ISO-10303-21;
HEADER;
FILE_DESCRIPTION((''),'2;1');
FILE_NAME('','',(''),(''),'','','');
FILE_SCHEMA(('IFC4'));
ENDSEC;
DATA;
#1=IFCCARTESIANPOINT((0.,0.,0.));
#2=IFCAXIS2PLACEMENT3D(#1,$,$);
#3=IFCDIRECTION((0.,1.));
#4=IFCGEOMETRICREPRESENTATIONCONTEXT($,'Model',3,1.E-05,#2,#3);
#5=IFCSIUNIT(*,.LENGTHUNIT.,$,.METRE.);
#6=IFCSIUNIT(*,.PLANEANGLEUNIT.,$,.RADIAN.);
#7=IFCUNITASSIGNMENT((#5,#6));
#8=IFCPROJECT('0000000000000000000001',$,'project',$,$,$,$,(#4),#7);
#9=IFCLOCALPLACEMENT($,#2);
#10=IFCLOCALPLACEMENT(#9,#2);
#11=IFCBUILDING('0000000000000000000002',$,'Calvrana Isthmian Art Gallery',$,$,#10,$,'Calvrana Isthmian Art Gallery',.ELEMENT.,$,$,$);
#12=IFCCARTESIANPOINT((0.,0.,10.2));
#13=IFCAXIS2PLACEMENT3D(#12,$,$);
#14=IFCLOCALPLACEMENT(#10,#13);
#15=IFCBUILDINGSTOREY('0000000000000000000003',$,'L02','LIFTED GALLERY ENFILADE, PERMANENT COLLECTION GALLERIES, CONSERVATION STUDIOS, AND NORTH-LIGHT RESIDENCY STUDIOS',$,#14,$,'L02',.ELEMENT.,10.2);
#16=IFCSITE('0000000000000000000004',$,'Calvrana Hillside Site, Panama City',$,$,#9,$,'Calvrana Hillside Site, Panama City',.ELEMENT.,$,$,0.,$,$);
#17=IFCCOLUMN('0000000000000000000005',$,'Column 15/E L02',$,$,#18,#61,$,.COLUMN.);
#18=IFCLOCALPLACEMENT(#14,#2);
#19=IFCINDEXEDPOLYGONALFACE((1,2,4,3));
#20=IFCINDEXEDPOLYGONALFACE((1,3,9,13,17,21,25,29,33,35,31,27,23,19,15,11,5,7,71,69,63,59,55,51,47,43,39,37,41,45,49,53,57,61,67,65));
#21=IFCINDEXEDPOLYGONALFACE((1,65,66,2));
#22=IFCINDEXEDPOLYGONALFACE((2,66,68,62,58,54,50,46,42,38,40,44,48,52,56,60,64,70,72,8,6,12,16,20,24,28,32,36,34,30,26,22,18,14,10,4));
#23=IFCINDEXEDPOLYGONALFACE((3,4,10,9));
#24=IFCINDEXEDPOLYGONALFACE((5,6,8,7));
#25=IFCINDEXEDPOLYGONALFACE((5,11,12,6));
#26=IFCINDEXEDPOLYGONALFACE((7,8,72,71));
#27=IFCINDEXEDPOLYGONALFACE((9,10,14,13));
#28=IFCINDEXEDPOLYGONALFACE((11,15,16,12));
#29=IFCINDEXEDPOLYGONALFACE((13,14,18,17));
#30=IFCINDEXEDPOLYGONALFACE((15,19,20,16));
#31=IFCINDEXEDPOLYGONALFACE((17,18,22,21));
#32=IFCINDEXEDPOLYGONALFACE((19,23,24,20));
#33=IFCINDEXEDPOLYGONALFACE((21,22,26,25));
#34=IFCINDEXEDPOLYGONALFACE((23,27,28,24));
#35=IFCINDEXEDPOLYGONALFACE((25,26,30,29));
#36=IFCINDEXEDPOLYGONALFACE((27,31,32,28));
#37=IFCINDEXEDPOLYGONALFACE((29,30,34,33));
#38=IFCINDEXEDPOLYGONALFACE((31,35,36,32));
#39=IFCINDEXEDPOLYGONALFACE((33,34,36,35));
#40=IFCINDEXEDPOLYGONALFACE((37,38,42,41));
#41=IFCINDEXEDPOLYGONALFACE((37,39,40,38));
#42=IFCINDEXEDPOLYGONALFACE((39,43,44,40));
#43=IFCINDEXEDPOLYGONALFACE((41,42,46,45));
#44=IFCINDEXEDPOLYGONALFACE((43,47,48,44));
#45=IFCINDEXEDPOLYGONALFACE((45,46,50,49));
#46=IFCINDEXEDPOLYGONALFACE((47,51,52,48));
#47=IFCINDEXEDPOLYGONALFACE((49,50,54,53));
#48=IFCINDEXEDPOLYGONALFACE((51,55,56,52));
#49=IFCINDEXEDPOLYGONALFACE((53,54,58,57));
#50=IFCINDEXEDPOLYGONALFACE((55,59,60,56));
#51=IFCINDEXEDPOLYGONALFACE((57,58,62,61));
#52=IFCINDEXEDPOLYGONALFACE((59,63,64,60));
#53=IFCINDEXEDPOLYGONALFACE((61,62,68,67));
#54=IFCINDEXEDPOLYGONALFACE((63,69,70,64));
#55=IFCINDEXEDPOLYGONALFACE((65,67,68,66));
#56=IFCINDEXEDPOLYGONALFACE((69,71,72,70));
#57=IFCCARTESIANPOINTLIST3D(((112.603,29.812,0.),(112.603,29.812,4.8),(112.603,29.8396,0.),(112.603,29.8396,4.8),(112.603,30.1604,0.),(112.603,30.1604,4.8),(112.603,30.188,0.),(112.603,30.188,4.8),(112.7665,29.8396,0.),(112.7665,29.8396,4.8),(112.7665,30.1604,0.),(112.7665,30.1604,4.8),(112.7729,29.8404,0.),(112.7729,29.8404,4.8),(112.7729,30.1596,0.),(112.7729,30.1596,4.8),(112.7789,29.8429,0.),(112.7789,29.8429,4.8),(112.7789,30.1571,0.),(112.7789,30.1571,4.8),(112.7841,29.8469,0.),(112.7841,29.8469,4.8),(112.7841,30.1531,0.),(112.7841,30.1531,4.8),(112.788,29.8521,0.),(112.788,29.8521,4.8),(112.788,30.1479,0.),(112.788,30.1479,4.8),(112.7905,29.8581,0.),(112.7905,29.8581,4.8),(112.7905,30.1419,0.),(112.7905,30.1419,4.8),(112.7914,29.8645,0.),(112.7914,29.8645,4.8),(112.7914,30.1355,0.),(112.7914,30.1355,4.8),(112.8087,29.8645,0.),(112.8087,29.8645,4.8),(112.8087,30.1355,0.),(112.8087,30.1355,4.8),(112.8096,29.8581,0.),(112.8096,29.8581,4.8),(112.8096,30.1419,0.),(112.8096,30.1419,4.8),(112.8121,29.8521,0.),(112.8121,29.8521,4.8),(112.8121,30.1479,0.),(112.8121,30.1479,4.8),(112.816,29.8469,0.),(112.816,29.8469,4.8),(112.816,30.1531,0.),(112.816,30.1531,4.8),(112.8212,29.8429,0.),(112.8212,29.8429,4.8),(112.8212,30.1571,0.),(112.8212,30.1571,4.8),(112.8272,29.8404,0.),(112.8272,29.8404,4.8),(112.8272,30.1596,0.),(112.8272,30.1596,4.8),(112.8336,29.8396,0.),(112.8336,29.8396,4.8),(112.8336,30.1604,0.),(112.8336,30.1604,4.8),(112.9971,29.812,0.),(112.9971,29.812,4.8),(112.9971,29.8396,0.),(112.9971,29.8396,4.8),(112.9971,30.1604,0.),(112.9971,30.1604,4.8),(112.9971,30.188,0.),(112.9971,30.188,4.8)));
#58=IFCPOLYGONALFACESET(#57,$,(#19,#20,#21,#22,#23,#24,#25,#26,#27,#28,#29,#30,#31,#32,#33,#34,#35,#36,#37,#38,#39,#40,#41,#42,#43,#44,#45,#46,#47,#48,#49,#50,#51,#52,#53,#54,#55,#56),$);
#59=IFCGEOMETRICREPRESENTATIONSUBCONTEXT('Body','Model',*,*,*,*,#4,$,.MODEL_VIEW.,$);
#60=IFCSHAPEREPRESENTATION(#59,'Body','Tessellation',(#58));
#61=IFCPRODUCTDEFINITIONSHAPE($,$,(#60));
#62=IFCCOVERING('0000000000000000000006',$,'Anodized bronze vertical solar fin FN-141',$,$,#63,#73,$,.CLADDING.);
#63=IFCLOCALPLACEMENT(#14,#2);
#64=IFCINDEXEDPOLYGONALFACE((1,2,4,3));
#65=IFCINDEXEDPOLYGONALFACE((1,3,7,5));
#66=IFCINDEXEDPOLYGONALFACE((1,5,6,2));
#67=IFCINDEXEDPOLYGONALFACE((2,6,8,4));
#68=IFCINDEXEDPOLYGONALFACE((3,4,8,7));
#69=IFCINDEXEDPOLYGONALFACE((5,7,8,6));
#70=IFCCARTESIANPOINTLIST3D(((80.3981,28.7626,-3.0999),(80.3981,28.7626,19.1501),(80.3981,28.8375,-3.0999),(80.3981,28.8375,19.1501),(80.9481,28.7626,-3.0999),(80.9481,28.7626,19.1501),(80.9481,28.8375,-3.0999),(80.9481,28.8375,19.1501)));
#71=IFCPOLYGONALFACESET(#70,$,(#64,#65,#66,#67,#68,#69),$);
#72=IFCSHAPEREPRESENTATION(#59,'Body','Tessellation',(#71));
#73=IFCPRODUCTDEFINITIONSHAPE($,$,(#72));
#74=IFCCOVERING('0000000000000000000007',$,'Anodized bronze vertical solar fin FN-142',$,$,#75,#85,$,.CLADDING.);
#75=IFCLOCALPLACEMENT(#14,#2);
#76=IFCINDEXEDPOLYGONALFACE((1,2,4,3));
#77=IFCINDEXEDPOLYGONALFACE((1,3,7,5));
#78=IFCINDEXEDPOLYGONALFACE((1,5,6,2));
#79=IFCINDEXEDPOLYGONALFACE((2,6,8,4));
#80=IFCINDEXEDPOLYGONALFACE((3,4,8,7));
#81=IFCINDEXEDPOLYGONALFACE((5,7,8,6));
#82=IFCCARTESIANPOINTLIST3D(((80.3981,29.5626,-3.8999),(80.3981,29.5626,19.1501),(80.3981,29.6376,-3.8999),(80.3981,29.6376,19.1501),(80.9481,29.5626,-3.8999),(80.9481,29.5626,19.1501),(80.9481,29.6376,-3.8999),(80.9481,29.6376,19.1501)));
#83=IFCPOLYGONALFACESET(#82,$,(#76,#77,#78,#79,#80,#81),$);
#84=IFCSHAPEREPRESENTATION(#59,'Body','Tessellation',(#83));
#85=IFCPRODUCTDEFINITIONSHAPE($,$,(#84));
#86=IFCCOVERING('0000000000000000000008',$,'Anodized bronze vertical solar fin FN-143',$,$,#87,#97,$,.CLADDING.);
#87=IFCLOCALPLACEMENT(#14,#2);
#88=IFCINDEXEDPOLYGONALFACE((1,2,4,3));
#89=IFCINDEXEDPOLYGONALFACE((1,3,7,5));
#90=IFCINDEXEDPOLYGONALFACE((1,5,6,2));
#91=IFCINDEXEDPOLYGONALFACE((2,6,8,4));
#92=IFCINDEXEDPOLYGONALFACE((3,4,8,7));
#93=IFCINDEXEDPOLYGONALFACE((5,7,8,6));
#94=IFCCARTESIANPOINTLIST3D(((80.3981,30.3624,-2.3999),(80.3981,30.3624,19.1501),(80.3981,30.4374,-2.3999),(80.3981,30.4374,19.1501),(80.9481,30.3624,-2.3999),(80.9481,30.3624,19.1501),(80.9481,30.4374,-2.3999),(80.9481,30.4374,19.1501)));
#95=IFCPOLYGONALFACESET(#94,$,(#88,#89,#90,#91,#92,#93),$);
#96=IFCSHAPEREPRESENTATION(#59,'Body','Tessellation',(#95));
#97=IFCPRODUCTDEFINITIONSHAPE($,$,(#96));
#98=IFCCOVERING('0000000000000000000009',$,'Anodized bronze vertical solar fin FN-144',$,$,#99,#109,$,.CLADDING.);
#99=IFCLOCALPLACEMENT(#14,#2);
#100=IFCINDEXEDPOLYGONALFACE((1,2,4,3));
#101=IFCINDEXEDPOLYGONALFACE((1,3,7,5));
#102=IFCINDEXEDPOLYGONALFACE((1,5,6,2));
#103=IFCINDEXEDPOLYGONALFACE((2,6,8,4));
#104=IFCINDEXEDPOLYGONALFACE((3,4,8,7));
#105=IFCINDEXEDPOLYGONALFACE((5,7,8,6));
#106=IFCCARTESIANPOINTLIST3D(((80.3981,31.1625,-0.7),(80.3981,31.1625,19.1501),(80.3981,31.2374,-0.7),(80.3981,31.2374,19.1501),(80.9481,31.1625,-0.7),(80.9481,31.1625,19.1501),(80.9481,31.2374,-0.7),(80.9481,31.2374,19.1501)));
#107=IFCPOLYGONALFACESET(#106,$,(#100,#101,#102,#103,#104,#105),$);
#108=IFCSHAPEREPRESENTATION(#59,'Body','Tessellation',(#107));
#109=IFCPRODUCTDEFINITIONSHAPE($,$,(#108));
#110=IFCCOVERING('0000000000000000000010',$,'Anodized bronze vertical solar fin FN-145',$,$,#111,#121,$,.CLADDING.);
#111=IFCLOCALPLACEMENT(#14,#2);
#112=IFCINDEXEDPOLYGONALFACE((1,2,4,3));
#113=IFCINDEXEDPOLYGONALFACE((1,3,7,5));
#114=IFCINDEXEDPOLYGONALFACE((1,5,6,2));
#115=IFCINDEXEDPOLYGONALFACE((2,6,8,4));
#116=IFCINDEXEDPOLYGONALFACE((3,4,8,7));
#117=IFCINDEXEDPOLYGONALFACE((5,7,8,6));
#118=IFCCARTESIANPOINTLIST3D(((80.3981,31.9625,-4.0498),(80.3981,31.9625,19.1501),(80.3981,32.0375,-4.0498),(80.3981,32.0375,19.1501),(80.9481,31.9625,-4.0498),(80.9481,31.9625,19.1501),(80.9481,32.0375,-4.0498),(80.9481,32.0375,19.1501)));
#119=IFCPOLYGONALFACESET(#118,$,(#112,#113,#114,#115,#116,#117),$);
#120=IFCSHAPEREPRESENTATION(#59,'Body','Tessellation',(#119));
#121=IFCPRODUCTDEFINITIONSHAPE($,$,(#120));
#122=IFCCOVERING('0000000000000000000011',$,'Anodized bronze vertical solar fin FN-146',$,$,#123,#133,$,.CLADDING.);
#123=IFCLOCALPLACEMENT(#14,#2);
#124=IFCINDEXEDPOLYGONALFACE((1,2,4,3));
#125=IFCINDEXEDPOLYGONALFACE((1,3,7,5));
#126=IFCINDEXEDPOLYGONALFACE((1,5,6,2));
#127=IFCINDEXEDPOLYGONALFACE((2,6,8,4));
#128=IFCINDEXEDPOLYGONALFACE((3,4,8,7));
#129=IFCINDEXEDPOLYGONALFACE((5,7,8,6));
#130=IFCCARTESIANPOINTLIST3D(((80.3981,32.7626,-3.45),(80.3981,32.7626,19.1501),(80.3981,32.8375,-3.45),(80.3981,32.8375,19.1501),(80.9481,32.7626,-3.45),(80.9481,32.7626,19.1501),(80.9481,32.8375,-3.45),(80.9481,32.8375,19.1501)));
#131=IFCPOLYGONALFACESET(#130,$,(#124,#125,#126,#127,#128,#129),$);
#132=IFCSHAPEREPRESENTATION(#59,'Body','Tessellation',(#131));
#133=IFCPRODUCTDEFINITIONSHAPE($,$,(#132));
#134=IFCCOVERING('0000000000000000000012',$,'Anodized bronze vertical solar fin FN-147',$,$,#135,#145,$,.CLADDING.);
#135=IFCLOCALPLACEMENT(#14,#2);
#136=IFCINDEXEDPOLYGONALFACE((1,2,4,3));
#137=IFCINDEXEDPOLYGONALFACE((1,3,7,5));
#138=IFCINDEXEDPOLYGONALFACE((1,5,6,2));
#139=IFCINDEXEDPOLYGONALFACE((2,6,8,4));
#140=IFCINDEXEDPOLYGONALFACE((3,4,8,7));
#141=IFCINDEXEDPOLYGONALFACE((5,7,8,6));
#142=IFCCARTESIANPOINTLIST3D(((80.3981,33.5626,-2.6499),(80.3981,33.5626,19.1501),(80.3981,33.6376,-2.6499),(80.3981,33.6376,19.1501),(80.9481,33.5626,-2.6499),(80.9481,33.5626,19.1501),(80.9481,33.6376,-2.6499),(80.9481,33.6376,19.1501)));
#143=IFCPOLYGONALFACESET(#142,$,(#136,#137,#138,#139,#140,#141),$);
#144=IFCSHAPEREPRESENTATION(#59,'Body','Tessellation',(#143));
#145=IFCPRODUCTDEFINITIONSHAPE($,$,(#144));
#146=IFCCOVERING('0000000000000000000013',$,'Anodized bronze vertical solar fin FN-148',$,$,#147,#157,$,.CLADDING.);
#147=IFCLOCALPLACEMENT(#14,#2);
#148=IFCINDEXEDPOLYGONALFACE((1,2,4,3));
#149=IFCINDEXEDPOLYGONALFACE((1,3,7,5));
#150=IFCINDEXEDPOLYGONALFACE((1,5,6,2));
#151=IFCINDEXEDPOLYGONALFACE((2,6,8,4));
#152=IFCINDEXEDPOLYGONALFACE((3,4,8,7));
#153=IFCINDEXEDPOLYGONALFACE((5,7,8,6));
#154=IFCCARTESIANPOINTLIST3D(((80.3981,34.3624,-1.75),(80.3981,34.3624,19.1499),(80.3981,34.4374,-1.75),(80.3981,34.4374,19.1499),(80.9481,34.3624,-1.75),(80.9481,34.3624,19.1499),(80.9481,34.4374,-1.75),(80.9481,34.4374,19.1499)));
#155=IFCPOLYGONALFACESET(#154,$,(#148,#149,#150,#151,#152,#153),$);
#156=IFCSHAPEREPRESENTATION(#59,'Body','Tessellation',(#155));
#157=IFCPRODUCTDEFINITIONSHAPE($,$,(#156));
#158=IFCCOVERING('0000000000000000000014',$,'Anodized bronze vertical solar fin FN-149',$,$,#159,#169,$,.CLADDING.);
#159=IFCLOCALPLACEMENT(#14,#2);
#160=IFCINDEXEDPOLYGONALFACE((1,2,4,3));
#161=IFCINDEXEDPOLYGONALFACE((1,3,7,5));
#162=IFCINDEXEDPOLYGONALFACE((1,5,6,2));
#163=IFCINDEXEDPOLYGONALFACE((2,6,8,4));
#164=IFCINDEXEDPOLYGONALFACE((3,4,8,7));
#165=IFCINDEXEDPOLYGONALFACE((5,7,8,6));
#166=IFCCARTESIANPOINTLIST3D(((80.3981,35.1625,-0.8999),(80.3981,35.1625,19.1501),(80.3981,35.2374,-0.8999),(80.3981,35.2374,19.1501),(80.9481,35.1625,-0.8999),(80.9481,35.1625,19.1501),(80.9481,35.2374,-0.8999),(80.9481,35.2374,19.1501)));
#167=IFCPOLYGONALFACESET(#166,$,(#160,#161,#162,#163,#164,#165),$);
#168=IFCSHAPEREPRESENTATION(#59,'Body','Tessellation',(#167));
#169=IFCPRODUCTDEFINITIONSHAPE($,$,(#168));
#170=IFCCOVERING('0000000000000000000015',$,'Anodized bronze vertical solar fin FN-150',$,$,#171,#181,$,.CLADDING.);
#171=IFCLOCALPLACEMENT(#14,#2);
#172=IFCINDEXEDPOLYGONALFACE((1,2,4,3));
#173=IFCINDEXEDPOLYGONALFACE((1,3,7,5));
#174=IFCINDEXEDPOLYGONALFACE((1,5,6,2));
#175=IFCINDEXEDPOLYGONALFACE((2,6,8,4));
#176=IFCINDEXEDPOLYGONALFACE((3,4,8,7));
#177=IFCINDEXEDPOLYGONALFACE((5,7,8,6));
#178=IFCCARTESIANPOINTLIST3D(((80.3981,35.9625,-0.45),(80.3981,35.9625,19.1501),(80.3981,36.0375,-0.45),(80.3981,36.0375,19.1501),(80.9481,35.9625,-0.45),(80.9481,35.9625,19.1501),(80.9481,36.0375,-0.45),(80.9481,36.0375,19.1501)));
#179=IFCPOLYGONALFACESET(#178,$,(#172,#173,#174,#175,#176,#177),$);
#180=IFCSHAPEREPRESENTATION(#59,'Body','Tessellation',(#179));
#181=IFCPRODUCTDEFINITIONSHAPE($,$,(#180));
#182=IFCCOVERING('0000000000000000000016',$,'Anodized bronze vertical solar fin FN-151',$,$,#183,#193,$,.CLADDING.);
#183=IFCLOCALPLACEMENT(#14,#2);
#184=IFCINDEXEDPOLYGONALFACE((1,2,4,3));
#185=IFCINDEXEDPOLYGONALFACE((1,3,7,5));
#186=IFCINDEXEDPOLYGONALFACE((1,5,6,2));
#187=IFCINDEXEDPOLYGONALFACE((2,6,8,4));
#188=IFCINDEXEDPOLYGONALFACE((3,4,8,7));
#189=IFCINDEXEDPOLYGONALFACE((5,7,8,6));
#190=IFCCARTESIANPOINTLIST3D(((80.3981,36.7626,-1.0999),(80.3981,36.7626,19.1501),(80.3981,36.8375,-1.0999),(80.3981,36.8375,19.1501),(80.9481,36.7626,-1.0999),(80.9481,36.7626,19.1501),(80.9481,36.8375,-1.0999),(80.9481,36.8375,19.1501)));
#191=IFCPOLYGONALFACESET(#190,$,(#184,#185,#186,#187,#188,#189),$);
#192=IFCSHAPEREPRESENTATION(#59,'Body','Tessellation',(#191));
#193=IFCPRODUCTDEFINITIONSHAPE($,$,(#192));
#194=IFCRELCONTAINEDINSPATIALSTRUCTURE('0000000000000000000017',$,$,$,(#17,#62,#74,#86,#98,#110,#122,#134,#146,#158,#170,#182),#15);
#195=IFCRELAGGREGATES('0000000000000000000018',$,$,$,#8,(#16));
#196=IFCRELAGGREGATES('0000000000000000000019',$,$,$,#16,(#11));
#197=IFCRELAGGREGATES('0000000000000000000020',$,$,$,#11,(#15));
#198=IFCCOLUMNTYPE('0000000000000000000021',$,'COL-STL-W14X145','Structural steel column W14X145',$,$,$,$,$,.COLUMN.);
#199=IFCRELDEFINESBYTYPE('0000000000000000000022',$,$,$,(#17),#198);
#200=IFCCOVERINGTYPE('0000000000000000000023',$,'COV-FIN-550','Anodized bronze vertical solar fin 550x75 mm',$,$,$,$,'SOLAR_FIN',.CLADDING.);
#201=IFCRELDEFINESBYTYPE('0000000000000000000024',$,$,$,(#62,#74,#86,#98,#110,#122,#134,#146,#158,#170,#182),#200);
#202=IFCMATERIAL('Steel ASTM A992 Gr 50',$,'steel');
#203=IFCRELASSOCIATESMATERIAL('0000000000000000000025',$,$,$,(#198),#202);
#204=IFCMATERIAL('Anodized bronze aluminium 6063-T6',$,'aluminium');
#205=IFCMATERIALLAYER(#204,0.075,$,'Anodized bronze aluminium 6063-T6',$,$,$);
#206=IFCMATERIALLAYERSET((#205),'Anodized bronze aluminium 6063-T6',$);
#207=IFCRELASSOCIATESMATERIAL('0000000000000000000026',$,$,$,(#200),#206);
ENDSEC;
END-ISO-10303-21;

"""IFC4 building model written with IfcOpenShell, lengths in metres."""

from ifc_helpers import new_model, si_unit, direction, frame, origin, origin_2d, place, context, subcontext, project, spatial, rectangle, i_section, extrude, material, layer, layer_set, material_profile, profile_set, type_object, element, save


model = new_model("IFC4")

# Units and contexts
model_context = context("Model", 3, precision=1e-05, world=origin(), true_north=direction((0.0, 1.0)))
body_context = subcontext(model_context, "Body", "Model", "MODEL_VIEW")
ifc_project = project(units=[si_unit("LENGTHUNIT", "METRE"), si_unit("PLANEANGLEUNIT", "RADIAN")], contexts=[model_context])

# Site, building, storey
site_placement = place(None, origin())
site = spatial("IfcSite", under=ifc_project, at=site_placement, Name="Calvrana Hillside Site, Panama City", LongName="Calvrana Hillside Site, Panama City", CompositionType="ELEMENT", RefElevation=0.0)
building_placement = place(site_placement, origin())
building = spatial("IfcBuilding", under=site, at=building_placement, Name="Calvrana Isthmian Art Gallery", LongName="Calvrana Isthmian Art Gallery", CompositionType="ELEMENT")
storey_placement = place(building_placement, frame((0.0, 0.0, 10.2)))
storey = spatial("IfcBuildingStorey", under=building, at=storey_placement, Name="L02", Description="LIFTED GALLERY ENFILADE, PERMANENT COLLECTION GALLERIES, CONSERVATION STUDIOS, AND NORTH-LIGHT RESIDENCY STUDIOS", LongName="L02", CompositionType="ELEMENT", Elevation=10.2)

# Column
ifc_material_1 = material(Name="Steel ASTM A992 Gr 50", Category="steel")
ifc_material_profile = material_profile(ifc_material_1, i_section(OverallWidth=0.394, OverallDepth=0.376, WebThickness=0.0173, FlangeThickness=0.0276, FilletRadius=0.0249, at=origin_2d()), Name="W14X145")
ifc_profile_set = profile_set([ifc_material_profile], Name="Steel ASTM A992 Gr 50")
column_type = type_object("IfcColumnType", Name="COL-STL-W14X145", Description="Structural steel column W14X145", PredefinedType="COLUMN", material=ifc_profile_set)
column_placement = place(storey_placement, frame((112.8, 30.0, 0.0), z_axis=(0.0, 0.0, 1.0), x_axis=(1.0, 0.0, 0.0)))
element("IfcColumn", 1, at=column_placement, inside=storey, type_object=column_type, Name="Column 15/E L02", PredefinedType="COLUMN", context=body_context, shape_type="SweptSolid", body=[
    extrude(i_section(OverallWidth=0.394, OverallDepth=0.376, WebThickness=0.0173, FlangeThickness=0.0276, FilletRadius=0.0249, at=origin_2d()), origin(), (0.0, 0.0, 1.0), 4.8),
])

# Coverings
ifc_material_2 = material(Name="Anodized bronze aluminium 6063-T6", Category="aluminium")
ifc_layer = layer(ifc_material_2, 0.075, Name="Anodized bronze aluminium 6063-T6")
ifc_layer_set = layer_set([ifc_layer], Name="Anodized bronze aluminium 6063-T6")
covering_type = type_object("IfcCoveringType", Name="COV-FIN-550", Description="Anodized bronze vertical solar fin 550x75 mm", ElementType="SOLAR_FIN", PredefinedType="CLADDING", material=ifc_layer_set)
covering_1_placement = place(storey_placement, frame((80.6731, 28.8, -3.0999), z_axis=(0.0, 0.0, 1.0), x_axis=(1.0, 0.0, 0.0)))
element("IfcCovering", 2, at=covering_1_placement, inside=storey, type_object=covering_type, Name="Anodized bronze vertical solar fin FN-141", PredefinedType="CLADDING", context=body_context, shape_type="SweptSolid", body=[
    extrude(rectangle(XDim=0.55, YDim=0.075, at=origin_2d()), origin(), (0.0, 0.0, 1.0), 22.25),
])
covering_2_placement = place(storey_placement, frame((80.6731, 29.6001, -3.8999), z_axis=(0.0, 0.0, 1.0), x_axis=(1.0, 0.0, 0.0)))
element("IfcCovering", 3, at=covering_2_placement, inside=storey, type_object=covering_type, Name="Anodized bronze vertical solar fin FN-142", PredefinedType="CLADDING", context=body_context, shape_type="SweptSolid", body=[
    extrude(rectangle(XDim=0.55, YDim=0.075, at=origin_2d()), origin(), (0.0, 0.0, 1.0), 23.05),
])
covering_3_placement = place(storey_placement, frame((80.6731, 30.3999, -2.3999), z_axis=(0.0, 0.0, 1.0), x_axis=(1.0, 0.0, 0.0)))
element("IfcCovering", 4, at=covering_3_placement, inside=storey, type_object=covering_type, Name="Anodized bronze vertical solar fin FN-143", PredefinedType="CLADDING", context=body_context, shape_type="SweptSolid", body=[
    extrude(rectangle(XDim=0.55, YDim=0.075, at=origin_2d()), origin(), (0.0, 0.0, 1.0), 21.55),
])
covering_4_placement = place(storey_placement, frame((80.6731, 31.2, -0.7), z_axis=(0.0, 0.0, 1.0), x_axis=(1.0, 0.0, 0.0)))
element("IfcCovering", 5, at=covering_4_placement, inside=storey, type_object=covering_type, Name="Anodized bronze vertical solar fin FN-144", PredefinedType="CLADDING", context=body_context, shape_type="SweptSolid", body=[
    extrude(rectangle(XDim=0.55, YDim=0.075, at=origin_2d()), origin(), (0.0, 0.0, 1.0), 19.8501),
])
covering_5_placement = place(storey_placement, frame((80.6731, 32.0, -4.0498), z_axis=(0.0, 0.0, 1.0), x_axis=(1.0, 0.0, 0.0)))
element("IfcCovering", 6, at=covering_5_placement, inside=storey, type_object=covering_type, Name="Anodized bronze vertical solar fin FN-145", PredefinedType="CLADDING", context=body_context, shape_type="SweptSolid", body=[
    extrude(rectangle(XDim=0.55, YDim=0.075, at=origin_2d()), origin(), (0.0, 0.0, 1.0), 23.2),
])
covering_6_placement = place(storey_placement, frame((80.6731, 32.8, -3.45), z_axis=(0.0, 0.0, 1.0), x_axis=(1.0, 0.0, 0.0)))
element("IfcCovering", 7, at=covering_6_placement, inside=storey, type_object=covering_type, Name="Anodized bronze vertical solar fin FN-146", PredefinedType="CLADDING", context=body_context, shape_type="SweptSolid", body=[
    extrude(rectangle(XDim=0.55, YDim=0.075, at=origin_2d()), origin(), (0.0, 0.0, 1.0), 22.6001),
])
covering_7_placement = place(storey_placement, frame((80.6731, 33.6001, -2.6499), z_axis=(0.0, 0.0, 1.0), x_axis=(1.0, 0.0, 0.0)))
element("IfcCovering", 8, at=covering_7_placement, inside=storey, type_object=covering_type, Name="Anodized bronze vertical solar fin FN-147", PredefinedType="CLADDING", context=body_context, shape_type="SweptSolid", body=[
    extrude(rectangle(XDim=0.55, YDim=0.075, at=origin_2d()), origin(), (0.0, 0.0, 1.0), 21.8),
])
covering_8_placement = place(storey_placement, frame((80.6731, 34.3999, -1.75), z_axis=(0.0, 0.0, 1.0), x_axis=(1.0, 0.0, 0.0)))
element("IfcCovering", 9, at=covering_8_placement, inside=storey, type_object=covering_type, Name="Anodized bronze vertical solar fin FN-148", PredefinedType="CLADDING", context=body_context, shape_type="SweptSolid", body=[
    extrude(rectangle(XDim=0.55, YDim=0.075, at=origin_2d()), origin(), (0.0, 0.0, 1.0), 20.8999),
])
covering_9_placement = place(storey_placement, frame((80.6731, 35.2, -0.8999), z_axis=(0.0, 0.0, 1.0), x_axis=(1.0, 0.0, 0.0)))
element("IfcCovering", 10, at=covering_9_placement, inside=storey, type_object=covering_type, Name="Anodized bronze vertical solar fin FN-149", PredefinedType="CLADDING", context=body_context, shape_type="SweptSolid", body=[
    extrude(rectangle(XDim=0.55, YDim=0.075, at=origin_2d()), origin(), (0.0, 0.0, 1.0), 20.05),
])
covering_10_placement = place(storey_placement, frame((80.6731, 36.0, -0.45), z_axis=(0.0, 0.0, 1.0), x_axis=(1.0, 0.0, 0.0)))
element("IfcCovering", 11, at=covering_10_placement, inside=storey, type_object=covering_type, Name="Anodized bronze vertical solar fin FN-150", PredefinedType="CLADDING", context=body_context, shape_type="SweptSolid", body=[
    extrude(rectangle(XDim=0.55, YDim=0.075, at=origin_2d()), origin(), (0.0, 0.0, 1.0), 19.6001),
])
covering_11_placement = place(storey_placement, frame((80.6731, 36.8, -1.0999), z_axis=(0.0, 0.0, 1.0), x_axis=(1.0, 0.0, 0.0)))
element("IfcCovering", 12, at=covering_11_placement, inside=storey, type_object=covering_type, Name="Anodized bronze vertical solar fin FN-151", PredefinedType="CLADDING", context=body_context, shape_type="SweptSolid", body=[
    extrude(rectangle(XDim=0.55, YDim=0.075, at=origin_2d()), origin(), (0.0, 0.0, 1.0), 20.25),
])

save(model, "model.ifc")
